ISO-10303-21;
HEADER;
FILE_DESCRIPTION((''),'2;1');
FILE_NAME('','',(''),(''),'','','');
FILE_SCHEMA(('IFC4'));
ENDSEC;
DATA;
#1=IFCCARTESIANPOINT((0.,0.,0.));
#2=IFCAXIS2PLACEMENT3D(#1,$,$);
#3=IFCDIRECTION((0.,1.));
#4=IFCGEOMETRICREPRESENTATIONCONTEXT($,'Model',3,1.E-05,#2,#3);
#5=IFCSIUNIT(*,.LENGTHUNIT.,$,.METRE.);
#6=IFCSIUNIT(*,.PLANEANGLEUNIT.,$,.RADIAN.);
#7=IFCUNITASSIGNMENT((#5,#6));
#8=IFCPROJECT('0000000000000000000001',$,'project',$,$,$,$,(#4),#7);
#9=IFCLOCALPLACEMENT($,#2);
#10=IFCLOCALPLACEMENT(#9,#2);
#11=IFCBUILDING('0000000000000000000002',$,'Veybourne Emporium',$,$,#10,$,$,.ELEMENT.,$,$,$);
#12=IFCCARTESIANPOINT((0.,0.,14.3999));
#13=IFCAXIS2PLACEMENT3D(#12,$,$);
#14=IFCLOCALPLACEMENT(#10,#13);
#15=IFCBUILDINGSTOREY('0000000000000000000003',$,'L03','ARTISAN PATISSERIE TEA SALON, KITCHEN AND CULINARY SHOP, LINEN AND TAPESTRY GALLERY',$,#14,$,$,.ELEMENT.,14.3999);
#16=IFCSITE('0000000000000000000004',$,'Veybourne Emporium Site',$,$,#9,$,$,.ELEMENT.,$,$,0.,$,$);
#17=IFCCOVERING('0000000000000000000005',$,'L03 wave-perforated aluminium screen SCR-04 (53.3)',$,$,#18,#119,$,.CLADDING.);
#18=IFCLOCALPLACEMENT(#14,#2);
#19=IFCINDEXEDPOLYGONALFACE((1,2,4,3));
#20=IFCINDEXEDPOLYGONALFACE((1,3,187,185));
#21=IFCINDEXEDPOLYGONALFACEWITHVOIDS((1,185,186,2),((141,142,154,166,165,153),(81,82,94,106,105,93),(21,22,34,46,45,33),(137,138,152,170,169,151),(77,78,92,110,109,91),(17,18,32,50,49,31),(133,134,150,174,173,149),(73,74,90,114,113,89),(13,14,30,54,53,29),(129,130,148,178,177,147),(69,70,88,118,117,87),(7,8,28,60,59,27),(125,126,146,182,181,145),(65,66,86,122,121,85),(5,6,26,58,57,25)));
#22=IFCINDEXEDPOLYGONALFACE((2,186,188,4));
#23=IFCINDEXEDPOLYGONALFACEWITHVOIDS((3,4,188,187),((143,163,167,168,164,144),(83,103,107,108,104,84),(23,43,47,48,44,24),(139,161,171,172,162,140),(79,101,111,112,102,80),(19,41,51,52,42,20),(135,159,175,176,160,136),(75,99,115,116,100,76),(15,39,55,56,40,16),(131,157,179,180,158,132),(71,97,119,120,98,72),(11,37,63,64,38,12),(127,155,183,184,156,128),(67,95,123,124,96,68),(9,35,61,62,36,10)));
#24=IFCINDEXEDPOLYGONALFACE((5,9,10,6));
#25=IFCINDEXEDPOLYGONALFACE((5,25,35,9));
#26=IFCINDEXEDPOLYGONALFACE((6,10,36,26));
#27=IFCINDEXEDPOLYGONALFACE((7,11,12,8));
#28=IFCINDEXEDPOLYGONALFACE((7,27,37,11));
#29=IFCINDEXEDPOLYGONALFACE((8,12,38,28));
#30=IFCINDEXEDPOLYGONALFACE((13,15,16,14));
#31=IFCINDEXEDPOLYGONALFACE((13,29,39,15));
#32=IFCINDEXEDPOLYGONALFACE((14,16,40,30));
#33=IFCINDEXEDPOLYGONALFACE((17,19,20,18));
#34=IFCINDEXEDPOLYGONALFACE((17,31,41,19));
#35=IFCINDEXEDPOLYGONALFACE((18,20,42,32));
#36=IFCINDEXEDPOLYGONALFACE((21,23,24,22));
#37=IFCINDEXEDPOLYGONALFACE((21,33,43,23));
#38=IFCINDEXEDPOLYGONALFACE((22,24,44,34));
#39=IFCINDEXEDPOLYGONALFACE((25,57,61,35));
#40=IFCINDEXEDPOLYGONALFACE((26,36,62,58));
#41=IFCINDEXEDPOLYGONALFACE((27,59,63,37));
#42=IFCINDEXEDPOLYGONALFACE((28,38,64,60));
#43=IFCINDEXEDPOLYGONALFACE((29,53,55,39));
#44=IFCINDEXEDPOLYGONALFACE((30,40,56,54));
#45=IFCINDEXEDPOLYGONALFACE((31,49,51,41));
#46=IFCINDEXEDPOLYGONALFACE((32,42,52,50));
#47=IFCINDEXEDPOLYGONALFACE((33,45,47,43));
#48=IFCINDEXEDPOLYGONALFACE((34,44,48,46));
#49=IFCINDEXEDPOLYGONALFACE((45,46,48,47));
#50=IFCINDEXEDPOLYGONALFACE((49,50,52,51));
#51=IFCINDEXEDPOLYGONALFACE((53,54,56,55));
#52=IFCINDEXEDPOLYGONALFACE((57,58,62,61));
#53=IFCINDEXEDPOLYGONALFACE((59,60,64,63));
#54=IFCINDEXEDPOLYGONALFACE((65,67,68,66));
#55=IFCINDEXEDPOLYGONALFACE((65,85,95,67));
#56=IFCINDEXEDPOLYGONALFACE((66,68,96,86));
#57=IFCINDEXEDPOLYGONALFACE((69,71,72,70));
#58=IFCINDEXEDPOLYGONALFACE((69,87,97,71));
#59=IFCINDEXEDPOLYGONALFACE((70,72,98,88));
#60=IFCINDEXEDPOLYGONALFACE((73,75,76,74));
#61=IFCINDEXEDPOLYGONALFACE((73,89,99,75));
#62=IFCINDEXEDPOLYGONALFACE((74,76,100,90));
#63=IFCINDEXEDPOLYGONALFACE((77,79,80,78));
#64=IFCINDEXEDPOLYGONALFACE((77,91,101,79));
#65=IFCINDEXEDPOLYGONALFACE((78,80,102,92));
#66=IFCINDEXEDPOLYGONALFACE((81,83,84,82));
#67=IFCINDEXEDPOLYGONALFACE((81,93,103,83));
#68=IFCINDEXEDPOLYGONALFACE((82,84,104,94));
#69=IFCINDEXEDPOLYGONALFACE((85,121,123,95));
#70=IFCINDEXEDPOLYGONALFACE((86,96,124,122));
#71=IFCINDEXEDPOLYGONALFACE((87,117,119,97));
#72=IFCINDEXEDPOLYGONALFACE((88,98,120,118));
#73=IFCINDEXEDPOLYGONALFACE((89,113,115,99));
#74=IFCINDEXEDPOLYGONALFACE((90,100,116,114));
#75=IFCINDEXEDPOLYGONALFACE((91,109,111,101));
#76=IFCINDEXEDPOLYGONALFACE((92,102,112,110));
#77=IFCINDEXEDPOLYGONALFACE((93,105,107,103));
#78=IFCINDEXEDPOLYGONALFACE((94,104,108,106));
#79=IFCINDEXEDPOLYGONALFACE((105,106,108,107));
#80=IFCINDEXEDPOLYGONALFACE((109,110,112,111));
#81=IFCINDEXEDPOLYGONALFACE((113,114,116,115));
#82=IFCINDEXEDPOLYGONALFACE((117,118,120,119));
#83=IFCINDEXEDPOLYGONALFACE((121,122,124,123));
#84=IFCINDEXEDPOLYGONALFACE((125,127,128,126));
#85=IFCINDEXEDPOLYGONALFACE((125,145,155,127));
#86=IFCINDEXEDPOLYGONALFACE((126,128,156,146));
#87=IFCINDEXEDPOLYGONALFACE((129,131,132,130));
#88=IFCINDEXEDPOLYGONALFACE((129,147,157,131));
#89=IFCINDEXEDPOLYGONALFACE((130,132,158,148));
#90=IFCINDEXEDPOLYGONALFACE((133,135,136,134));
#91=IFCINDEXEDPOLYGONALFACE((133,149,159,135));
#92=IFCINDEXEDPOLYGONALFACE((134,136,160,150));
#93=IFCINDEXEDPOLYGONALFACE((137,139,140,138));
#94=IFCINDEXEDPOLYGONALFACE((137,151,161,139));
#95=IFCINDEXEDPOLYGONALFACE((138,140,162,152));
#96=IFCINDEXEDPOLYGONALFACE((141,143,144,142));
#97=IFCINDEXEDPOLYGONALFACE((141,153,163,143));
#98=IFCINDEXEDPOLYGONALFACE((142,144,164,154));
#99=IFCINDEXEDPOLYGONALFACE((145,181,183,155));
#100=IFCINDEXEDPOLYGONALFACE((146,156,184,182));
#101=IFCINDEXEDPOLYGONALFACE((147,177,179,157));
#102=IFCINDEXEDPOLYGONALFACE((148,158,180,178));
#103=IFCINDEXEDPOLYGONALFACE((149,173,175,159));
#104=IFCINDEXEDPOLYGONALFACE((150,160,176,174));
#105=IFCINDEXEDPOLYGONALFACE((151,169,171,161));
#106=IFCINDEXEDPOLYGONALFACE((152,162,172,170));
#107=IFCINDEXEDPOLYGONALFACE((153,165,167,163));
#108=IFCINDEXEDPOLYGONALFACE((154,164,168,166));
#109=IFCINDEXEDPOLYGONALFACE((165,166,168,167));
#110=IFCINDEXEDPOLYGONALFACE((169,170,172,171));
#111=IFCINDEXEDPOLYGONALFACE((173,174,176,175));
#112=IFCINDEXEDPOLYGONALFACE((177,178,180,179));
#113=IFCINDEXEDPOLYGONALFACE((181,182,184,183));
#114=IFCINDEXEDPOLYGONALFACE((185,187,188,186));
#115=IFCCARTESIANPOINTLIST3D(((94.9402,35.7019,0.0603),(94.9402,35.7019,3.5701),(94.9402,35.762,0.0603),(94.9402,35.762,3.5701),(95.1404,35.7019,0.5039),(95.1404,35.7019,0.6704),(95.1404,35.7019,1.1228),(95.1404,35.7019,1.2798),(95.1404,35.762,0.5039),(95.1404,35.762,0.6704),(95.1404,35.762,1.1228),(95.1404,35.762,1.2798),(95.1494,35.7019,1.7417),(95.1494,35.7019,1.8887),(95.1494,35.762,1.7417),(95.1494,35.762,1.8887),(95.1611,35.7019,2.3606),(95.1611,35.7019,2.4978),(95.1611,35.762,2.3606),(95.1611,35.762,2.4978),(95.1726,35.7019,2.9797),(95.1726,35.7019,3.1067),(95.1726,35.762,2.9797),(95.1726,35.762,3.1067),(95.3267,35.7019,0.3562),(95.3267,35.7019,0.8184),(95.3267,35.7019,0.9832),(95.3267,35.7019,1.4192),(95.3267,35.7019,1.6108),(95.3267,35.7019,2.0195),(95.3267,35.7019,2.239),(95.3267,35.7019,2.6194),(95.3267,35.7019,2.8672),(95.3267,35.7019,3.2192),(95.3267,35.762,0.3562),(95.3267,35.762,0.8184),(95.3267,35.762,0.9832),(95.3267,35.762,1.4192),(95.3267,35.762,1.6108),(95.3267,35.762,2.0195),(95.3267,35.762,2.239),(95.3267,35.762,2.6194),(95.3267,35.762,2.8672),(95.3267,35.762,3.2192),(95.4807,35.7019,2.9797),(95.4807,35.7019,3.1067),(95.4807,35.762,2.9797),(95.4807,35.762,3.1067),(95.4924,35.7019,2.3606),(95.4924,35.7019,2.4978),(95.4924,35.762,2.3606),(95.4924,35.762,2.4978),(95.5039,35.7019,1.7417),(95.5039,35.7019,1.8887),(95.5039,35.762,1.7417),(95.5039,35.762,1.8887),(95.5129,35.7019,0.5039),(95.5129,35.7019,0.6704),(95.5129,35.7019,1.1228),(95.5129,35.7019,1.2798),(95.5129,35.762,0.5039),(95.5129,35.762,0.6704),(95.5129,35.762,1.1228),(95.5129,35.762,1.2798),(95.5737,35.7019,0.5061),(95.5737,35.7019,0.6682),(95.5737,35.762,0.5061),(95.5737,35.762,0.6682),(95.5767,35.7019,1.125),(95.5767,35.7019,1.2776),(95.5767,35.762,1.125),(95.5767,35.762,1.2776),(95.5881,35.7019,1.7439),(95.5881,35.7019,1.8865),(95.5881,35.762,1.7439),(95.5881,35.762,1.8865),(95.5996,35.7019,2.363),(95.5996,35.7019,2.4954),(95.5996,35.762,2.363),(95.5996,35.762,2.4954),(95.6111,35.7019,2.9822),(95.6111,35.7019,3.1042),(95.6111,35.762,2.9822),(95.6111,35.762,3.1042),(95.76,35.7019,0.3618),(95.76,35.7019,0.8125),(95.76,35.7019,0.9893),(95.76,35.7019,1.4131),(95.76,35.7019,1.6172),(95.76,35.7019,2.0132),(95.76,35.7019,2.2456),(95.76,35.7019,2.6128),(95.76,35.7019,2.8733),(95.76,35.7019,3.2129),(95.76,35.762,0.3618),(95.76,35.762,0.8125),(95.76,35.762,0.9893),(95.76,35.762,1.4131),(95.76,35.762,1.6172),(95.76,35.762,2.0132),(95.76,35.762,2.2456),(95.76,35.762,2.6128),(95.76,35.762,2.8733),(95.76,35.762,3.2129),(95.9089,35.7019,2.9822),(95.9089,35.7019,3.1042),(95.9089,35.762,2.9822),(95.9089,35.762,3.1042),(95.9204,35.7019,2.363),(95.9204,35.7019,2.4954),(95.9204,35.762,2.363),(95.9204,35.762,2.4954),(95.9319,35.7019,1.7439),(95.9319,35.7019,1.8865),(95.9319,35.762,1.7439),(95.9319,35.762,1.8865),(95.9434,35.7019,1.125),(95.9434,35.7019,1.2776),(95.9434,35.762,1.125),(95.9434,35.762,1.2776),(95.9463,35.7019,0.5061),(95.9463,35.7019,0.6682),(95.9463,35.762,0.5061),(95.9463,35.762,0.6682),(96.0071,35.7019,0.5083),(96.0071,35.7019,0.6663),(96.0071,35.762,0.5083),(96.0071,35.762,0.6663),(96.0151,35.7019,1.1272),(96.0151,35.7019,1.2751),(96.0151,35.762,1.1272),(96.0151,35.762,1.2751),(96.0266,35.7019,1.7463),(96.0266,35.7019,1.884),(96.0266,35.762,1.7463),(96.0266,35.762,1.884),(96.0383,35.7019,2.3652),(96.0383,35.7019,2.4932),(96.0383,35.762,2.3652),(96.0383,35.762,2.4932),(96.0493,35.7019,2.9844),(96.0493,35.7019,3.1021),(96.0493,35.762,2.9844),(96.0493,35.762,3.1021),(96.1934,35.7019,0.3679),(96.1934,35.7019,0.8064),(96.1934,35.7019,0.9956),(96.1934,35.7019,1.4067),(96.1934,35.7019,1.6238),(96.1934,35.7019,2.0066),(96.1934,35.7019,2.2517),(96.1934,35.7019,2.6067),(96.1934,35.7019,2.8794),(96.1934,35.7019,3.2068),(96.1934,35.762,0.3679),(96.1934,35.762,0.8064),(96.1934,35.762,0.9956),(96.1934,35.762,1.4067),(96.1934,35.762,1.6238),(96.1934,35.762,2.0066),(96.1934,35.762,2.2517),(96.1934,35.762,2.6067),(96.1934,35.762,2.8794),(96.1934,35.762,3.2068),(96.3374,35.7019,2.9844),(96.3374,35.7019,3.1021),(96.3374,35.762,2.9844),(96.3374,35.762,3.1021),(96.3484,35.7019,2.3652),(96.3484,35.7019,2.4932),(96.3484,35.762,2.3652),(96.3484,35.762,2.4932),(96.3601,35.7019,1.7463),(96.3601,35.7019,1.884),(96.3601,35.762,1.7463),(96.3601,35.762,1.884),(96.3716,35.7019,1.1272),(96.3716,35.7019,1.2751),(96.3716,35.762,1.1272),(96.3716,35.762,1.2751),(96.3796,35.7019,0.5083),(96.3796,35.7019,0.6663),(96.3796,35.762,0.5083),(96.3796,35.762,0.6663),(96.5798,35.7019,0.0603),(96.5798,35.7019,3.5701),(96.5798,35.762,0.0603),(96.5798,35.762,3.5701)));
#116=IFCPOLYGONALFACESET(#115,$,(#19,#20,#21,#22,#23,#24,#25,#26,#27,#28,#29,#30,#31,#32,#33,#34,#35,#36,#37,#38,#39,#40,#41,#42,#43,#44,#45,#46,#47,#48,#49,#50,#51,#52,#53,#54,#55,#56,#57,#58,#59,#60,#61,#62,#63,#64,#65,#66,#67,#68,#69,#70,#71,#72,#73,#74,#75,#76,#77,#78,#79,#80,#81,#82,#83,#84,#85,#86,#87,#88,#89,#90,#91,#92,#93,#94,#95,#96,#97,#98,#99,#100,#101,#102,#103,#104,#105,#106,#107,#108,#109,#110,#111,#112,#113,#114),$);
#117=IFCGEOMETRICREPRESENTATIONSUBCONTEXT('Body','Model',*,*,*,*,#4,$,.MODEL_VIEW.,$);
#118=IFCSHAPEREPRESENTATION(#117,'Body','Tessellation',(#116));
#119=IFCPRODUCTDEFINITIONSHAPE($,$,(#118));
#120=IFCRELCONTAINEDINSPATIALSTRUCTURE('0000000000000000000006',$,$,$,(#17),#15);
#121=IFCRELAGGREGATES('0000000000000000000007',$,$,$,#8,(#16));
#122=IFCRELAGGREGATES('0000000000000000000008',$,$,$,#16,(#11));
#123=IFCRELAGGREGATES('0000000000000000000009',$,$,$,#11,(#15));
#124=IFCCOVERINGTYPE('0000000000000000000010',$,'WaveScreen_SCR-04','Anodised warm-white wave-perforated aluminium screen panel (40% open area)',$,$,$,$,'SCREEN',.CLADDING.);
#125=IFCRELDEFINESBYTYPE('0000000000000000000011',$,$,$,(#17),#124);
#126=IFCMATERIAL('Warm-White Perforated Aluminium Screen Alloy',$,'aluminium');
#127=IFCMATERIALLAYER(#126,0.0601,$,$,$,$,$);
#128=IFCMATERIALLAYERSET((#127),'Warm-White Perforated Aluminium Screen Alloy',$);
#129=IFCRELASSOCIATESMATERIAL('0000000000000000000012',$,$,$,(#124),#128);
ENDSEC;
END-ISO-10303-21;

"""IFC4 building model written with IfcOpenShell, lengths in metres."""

from ifc_helpers import new_model, si_unit, direction, frame, origin, place, context, subcontext, project, spatial, polyline, outline, extrude, material, layer, layer_set, type_object, element, save


model = new_model("IFC4")

# Units and contexts
model_context = context("Model", 3, precision=1e-05, world=origin(), true_north=direction((0.0, 1.0)))
body_context = subcontext(model_context, "Body", "Model", "MODEL_VIEW")
ifc_project = project(units=[si_unit("LENGTHUNIT", "METRE"), si_unit("PLANEANGLEUNIT", "RADIAN")], contexts=[model_context])

# Site, building, storey
site_placement = place(None, origin())
site = spatial("IfcSite", under=ifc_project, at=site_placement, Name="Veybourne Emporium Site", CompositionType="ELEMENT", RefElevation=0.0)
building_placement = place(site_placement, origin())
building = spatial("IfcBuilding", under=site, at=building_placement, Name="Veybourne Emporium", CompositionType="ELEMENT")
storey_placement = place(building_placement, frame((0.0, 0.0, 14.3999)))
storey = spatial("IfcBuildingStorey", under=building, at=storey_placement, Name="L03", Description="ARTISAN PATISSERIE TEA SALON, KITCHEN AND CULINARY SHOP, LINEN AND TAPESTRY GALLERY", CompositionType="ELEMENT", Elevation=14.3999)

# Covering
ifc_material_1 = material(Name="Warm-White Perforated Aluminium Screen Alloy", Category="aluminium")
ifc_layer_1 = layer(ifc_material_1, 0.0601)
ifc_layer_set_1 = layer_set([ifc_layer_1], Name="Warm-White Perforated Aluminium Screen Alloy")
covering_type_1 = type_object("IfcCoveringType", Name="WaveScreen_SCR-04", Description="Anodised warm-white wave-perforated aluminium screen panel (40% open area)", ElementType="SCREEN", PredefinedType="CLADDING", material=ifc_layer_set_1)
covering_1_placement = place(storey_placement, frame((95.76, 35.7019, 1.8152), z_axis=(0.0, 1.0, 0.0), x_axis=(-1.0, 0.0, 0.0)))
element("IfcCovering", 1, at=covering_1_placement, inside=storey, type_object=covering_type_1, Name="L03 wave-perforated aluminium screen SCR-04 (53.3)", PredefinedType="CLADDING", context=body_context, shape_type="SweptSolid", body=[
    extrude(outline(polyline([(-0.8198, -1.7549), (0.8198, -1.7549), (0.8198, 1.7549), (-0.8198, 1.7549), (-0.8198, -1.7549)]), holes=[polyline([(-0.4333, -1.0088), (-0.2471, -1.1489), (-0.2471, -1.3069), (-0.4333, -1.4473), (-0.6196, -1.3069), (-0.6196, -1.1489), (-0.4333, -1.0088)]), polyline([(-0.4333, -0.4084), (-0.2551, -0.54), (-0.2551, -0.688), (-0.4333, -0.8196), (-0.6116, -0.688), (-0.6116, -0.54), (-0.4333, -0.4084)]), polyline([(-0.4333, 0.1914), (-0.2666, 0.0688), (-0.2666, -0.0688), (-0.4333, -0.1914), (-0.6001, -0.0688), (-0.6001, 0.0688), (-0.4333, 0.1914)]), polyline([(-0.4333, 0.7915), (-0.2783, 0.678), (-0.2783, 0.55), (-0.4333, 0.4365), (-0.5884, 0.55), (-0.5884, 0.678), (-0.4333, 0.7915)]), polyline([(-0.4333, 1.3916), (-0.2893, 1.2869), (-0.2893, 1.1692), (-0.4333, 1.0642), (-0.5774, 1.1692), (-0.5774, 1.2869), (-0.4333, 1.3916)]), polyline([(0.0, -1.0027), (0.1863, -1.147), (0.1863, -1.3091), (0.0, -1.4534), (-0.1863, -1.3091), (-0.1863, -1.147), (0.0, -1.0027)]), polyline([(0.0, -0.4021), (0.1833, -0.5376), (0.1833, -0.6902), (0.0, -0.8259), (-0.1833, -0.6902), (-0.1833, -0.5376), (0.0, -0.4021)]), polyline([(0.0, 0.198), (0.1719, 0.0713), (0.1719, -0.0713), (0.0, -0.198), (-0.1719, -0.0713), (-0.1719, 0.0713), (0.0, 0.198)]), polyline([(0.0, 0.7976), (0.1604, 0.6802), (0.1604, 0.5479), (0.0, 0.4304), (-0.1604, 0.5479), (-0.1604, 0.6802), (0.0, 0.7976)]), polyline([(0.0, 1.3977), (0.1489, 1.2891), (0.1489, 1.167), (0.0, 1.0581), (-0.1489, 1.167), (-0.1489, 1.2891), (0.0, 1.3977)]), polyline([(0.4333, -0.9968), (0.6196, -1.1448), (0.6196, -1.3113), (0.4333, -1.459), (0.2471, -1.3113), (0.2471, -1.1448), (0.4333, -0.9968)]), polyline([(0.4333, -0.396), (0.6196, -0.5354), (0.6196, -0.6924), (0.4333, -0.832), (0.2471, -0.6924), (0.2471, -0.5354), (0.4333, -0.396)]), polyline([(0.4333, 0.2043), (0.6106, 0.0735), (0.6106, -0.0735), (0.4333, -0.2043), (0.2561, -0.0735), (0.2561, 0.0735), (0.4333, 0.2043)]), polyline([(0.4333, 0.8042), (0.5989, 0.6826), (0.5989, 0.5454), (0.4333, 0.4238), (0.2676, 0.5454), (0.2676, 0.6826), (0.4333, 0.8042)]), polyline([(0.4333, 1.4041), (0.5874, 1.2915), (0.5874, 1.1646), (0.4333, 1.052), (0.2793, 1.1646), (0.2793, 1.2915), (0.4333, 1.4041)])]), origin(), (0.0, 0.0, 1.0), 0.0601),
])

save(model, "model.ifc")
